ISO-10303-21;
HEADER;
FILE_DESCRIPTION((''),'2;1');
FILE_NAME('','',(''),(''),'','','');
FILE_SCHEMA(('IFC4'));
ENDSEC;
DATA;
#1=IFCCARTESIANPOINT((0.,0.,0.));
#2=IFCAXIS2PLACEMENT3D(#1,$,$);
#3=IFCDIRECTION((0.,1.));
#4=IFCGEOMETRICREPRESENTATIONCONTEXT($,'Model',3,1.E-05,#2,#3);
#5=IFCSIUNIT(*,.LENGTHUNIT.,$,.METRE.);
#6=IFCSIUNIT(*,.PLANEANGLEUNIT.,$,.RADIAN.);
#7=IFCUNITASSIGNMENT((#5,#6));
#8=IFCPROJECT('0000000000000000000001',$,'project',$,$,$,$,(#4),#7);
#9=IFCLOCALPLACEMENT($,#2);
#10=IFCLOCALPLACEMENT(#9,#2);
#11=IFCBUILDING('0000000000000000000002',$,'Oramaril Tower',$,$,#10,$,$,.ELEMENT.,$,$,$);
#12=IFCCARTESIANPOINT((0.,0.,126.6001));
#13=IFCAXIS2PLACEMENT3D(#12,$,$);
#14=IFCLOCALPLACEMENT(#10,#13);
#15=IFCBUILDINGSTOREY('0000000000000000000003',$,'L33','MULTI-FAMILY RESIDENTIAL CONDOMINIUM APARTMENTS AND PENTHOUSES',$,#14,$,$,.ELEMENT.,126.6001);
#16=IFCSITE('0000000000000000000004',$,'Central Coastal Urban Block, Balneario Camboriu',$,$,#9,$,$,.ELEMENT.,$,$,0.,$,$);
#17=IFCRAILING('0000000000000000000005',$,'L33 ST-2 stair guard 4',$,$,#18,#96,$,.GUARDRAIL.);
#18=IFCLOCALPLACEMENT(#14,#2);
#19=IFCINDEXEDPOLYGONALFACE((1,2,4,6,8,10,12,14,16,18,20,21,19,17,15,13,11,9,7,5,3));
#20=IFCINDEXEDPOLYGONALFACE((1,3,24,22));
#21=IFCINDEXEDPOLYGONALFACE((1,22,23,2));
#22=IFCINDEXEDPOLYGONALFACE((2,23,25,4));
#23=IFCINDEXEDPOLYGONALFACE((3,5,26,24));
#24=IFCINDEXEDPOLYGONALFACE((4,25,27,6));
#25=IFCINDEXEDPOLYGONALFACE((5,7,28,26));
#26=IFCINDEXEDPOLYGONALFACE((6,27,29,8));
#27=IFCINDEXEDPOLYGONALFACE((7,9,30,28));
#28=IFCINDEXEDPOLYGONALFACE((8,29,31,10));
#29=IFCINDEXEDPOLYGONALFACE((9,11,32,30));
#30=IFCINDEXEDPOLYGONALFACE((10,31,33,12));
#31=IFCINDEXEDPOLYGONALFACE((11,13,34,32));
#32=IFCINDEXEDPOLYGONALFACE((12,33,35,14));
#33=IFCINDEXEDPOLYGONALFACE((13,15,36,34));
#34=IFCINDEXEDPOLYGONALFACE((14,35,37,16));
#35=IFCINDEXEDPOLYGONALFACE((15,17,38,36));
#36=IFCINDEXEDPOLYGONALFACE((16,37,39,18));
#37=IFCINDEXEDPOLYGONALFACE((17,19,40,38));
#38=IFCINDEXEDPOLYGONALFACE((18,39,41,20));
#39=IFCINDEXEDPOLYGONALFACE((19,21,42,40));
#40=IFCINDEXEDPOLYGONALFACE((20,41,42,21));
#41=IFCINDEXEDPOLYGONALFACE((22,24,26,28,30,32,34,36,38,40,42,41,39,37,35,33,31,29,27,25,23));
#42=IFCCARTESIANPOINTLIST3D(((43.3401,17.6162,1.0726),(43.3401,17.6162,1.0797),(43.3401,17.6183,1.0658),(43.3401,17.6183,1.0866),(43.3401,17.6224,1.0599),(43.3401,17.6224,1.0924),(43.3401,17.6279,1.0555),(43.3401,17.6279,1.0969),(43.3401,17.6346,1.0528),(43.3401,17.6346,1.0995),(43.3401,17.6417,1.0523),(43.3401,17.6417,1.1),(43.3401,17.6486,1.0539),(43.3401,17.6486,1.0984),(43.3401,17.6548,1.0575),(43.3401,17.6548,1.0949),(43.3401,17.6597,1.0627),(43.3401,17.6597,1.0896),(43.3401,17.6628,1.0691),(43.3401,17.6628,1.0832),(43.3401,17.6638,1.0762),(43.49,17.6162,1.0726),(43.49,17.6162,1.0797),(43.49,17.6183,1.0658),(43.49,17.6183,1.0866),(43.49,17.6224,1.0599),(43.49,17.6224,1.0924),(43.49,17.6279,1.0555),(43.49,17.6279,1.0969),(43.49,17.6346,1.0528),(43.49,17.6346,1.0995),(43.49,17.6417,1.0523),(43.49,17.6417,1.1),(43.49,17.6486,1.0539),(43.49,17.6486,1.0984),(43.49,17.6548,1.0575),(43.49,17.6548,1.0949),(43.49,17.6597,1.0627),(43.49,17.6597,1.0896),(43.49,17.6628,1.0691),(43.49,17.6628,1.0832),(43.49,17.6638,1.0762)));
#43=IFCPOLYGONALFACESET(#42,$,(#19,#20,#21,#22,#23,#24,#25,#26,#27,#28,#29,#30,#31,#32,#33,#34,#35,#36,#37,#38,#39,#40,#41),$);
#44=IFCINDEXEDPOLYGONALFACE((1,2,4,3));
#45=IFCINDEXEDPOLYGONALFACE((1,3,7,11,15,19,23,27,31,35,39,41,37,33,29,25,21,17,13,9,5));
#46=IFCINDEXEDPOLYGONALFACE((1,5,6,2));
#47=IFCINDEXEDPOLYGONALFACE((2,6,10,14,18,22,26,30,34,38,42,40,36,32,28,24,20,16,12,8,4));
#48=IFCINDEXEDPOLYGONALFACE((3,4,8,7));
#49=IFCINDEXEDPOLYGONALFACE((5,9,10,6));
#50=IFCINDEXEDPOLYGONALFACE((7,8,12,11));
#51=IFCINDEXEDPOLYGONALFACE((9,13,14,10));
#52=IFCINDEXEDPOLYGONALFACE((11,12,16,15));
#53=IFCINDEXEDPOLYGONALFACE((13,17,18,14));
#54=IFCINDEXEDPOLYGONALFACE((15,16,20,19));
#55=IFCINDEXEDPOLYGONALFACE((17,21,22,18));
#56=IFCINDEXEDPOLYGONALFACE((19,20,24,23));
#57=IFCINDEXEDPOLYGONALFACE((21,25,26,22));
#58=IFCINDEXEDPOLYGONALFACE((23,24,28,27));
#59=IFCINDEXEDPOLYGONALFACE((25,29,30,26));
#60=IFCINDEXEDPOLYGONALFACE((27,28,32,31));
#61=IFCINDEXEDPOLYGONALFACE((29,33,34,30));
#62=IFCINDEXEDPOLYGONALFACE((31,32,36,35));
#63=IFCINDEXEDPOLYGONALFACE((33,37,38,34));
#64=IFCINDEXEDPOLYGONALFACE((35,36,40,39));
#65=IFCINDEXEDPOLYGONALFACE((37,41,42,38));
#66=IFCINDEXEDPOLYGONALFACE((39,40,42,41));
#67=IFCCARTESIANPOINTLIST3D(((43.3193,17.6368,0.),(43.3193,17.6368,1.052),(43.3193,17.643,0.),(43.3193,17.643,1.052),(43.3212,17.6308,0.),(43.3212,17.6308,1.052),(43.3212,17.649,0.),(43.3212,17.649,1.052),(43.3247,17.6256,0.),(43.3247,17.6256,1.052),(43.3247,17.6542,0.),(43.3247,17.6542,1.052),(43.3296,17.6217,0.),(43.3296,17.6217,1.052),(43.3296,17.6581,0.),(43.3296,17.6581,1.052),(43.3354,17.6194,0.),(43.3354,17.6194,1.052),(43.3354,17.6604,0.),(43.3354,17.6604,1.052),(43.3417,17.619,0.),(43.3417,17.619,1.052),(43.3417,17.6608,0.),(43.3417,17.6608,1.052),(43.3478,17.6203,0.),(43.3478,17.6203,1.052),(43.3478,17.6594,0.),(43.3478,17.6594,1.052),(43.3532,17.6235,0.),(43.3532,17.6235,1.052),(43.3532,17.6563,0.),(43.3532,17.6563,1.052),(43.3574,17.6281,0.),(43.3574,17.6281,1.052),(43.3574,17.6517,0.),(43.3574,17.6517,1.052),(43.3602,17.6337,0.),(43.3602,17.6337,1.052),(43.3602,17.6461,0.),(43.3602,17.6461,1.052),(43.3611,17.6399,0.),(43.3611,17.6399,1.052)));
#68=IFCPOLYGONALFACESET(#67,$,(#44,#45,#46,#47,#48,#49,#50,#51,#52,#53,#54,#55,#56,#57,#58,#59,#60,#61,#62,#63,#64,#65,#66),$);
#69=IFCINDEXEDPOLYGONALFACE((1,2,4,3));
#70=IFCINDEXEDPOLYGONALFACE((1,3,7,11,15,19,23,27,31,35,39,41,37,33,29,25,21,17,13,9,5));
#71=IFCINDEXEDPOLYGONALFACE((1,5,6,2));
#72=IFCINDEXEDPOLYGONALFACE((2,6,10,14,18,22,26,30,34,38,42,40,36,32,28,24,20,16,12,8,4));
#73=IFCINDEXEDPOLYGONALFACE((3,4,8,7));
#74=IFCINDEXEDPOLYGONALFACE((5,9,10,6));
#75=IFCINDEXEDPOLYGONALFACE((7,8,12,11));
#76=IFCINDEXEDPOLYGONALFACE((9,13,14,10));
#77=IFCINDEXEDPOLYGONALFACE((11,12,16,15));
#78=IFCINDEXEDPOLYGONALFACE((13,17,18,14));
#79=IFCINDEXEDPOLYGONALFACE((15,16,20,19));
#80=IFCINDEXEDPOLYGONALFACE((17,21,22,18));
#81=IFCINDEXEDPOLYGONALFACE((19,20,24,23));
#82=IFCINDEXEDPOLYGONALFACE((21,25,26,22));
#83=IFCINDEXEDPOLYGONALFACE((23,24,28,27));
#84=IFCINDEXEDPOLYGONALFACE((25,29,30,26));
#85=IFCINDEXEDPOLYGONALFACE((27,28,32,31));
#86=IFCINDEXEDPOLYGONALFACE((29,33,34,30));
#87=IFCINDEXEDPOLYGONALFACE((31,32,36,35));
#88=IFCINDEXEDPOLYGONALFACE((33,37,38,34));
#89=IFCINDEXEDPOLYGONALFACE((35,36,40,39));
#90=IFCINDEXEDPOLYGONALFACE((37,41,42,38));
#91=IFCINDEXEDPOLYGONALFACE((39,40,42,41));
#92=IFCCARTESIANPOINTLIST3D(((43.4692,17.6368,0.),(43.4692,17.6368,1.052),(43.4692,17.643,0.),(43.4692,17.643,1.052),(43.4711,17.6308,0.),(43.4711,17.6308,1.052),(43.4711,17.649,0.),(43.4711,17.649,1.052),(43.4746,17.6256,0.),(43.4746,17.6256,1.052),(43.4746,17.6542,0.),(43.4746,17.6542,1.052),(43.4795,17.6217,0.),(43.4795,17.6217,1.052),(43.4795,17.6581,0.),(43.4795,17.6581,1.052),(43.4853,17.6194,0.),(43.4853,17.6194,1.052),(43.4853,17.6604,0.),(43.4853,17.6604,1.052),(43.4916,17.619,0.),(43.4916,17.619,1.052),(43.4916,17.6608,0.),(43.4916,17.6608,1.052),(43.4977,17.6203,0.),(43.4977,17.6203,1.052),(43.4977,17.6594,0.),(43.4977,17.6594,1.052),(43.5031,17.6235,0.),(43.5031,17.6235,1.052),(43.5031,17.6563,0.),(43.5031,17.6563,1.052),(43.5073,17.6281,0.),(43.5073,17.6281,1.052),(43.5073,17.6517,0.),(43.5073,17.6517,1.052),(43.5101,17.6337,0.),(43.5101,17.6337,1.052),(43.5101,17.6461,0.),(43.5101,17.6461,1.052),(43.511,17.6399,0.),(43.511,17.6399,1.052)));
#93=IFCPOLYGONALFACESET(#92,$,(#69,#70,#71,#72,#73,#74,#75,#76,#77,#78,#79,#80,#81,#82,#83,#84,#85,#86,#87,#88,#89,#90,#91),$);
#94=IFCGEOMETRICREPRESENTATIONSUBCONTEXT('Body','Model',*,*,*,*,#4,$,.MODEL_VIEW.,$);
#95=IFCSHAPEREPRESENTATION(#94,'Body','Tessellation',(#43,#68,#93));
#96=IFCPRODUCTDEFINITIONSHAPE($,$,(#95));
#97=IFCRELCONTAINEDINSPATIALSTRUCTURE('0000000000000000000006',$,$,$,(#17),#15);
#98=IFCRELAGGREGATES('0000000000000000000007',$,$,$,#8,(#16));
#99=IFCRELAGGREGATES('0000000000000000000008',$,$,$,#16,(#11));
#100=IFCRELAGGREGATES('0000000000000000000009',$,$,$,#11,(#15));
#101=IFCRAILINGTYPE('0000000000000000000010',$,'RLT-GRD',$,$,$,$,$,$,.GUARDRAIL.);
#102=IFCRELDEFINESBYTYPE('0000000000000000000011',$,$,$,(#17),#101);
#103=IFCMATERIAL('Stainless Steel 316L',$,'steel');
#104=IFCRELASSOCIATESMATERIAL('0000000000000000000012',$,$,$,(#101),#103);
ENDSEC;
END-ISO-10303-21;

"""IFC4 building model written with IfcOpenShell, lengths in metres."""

from ifc_helpers import new_model, si_unit, direction, frame, origin, origin_2d, place, context, subcontext, project, spatial, circle, extrude, material, type_object, element, save


model = new_model("IFC4")

# Units and contexts
model_context = context("Model", 3, precision=1e-05, world=origin(), true_north=direction((0.0, 1.0)))
body_context = subcontext(model_context, "Body", "Model", "MODEL_VIEW")
ifc_project = project(units=[si_unit("LENGTHUNIT", "METRE"), si_unit("PLANEANGLEUNIT", "RADIAN")], contexts=[model_context])

# Site, building, storey
site_placement = place(None, origin())
site = spatial("IfcSite", under=ifc_project, at=site_placement, Name="Central Coastal Urban Block, Balneario Camboriu", CompositionType="ELEMENT", RefElevation=0.0)
building_placement = place(site_placement, origin())
building = spatial("IfcBuilding", under=site, at=building_placement, Name="Oramaril Tower", CompositionType="ELEMENT")
storey_placement = place(building_placement, frame((0.0, 0.0, 126.6001)))
storey = spatial("IfcBuildingStorey", under=building, at=storey_placement, Name="L33", Description="MULTI-FAMILY RESIDENTIAL CONDOMINIUM APARTMENTS AND PENTHOUSES", CompositionType="ELEMENT", Elevation=126.6001)

# Railing
ifc_material_1 = material(Name="Stainless Steel 316L", Category="steel")
railing_type_1 = type_object("IfcRailingType", Name="RLT-GRD", PredefinedType="GUARDRAIL", material=ifc_material_1)
railing_1_placement = place(storey_placement, frame((43.3401, 17.6399, 0.0)))
element("IfcRailing", 1, at=railing_1_placement, inside=storey, type_object=railing_type_1, Name="L33 ST-2 stair guard 4", PredefinedType="GUARDRAIL", context=body_context, shape_type="SweptSolid", body=[
    extrude(circle(Radius=0.0239, at=origin_2d()), frame((0.0, 0.0, 1.0762), z_axis=(1.0, 0.0, 0.0), x_axis=(0.0, 1.0, 0.0)), (0.0, 0.0, 1.0), 0.1499),
    extrude(circle(Radius=0.021, at=origin_2d()), origin(), (0.0, 0.0, 1.0), 1.052),
    extrude(circle(Radius=0.021, at=origin_2d()), frame((0.1499, 0.0, 0.0)), (0.0, 0.0, 1.0), 1.052),
])

save(model, "model.ifc")
